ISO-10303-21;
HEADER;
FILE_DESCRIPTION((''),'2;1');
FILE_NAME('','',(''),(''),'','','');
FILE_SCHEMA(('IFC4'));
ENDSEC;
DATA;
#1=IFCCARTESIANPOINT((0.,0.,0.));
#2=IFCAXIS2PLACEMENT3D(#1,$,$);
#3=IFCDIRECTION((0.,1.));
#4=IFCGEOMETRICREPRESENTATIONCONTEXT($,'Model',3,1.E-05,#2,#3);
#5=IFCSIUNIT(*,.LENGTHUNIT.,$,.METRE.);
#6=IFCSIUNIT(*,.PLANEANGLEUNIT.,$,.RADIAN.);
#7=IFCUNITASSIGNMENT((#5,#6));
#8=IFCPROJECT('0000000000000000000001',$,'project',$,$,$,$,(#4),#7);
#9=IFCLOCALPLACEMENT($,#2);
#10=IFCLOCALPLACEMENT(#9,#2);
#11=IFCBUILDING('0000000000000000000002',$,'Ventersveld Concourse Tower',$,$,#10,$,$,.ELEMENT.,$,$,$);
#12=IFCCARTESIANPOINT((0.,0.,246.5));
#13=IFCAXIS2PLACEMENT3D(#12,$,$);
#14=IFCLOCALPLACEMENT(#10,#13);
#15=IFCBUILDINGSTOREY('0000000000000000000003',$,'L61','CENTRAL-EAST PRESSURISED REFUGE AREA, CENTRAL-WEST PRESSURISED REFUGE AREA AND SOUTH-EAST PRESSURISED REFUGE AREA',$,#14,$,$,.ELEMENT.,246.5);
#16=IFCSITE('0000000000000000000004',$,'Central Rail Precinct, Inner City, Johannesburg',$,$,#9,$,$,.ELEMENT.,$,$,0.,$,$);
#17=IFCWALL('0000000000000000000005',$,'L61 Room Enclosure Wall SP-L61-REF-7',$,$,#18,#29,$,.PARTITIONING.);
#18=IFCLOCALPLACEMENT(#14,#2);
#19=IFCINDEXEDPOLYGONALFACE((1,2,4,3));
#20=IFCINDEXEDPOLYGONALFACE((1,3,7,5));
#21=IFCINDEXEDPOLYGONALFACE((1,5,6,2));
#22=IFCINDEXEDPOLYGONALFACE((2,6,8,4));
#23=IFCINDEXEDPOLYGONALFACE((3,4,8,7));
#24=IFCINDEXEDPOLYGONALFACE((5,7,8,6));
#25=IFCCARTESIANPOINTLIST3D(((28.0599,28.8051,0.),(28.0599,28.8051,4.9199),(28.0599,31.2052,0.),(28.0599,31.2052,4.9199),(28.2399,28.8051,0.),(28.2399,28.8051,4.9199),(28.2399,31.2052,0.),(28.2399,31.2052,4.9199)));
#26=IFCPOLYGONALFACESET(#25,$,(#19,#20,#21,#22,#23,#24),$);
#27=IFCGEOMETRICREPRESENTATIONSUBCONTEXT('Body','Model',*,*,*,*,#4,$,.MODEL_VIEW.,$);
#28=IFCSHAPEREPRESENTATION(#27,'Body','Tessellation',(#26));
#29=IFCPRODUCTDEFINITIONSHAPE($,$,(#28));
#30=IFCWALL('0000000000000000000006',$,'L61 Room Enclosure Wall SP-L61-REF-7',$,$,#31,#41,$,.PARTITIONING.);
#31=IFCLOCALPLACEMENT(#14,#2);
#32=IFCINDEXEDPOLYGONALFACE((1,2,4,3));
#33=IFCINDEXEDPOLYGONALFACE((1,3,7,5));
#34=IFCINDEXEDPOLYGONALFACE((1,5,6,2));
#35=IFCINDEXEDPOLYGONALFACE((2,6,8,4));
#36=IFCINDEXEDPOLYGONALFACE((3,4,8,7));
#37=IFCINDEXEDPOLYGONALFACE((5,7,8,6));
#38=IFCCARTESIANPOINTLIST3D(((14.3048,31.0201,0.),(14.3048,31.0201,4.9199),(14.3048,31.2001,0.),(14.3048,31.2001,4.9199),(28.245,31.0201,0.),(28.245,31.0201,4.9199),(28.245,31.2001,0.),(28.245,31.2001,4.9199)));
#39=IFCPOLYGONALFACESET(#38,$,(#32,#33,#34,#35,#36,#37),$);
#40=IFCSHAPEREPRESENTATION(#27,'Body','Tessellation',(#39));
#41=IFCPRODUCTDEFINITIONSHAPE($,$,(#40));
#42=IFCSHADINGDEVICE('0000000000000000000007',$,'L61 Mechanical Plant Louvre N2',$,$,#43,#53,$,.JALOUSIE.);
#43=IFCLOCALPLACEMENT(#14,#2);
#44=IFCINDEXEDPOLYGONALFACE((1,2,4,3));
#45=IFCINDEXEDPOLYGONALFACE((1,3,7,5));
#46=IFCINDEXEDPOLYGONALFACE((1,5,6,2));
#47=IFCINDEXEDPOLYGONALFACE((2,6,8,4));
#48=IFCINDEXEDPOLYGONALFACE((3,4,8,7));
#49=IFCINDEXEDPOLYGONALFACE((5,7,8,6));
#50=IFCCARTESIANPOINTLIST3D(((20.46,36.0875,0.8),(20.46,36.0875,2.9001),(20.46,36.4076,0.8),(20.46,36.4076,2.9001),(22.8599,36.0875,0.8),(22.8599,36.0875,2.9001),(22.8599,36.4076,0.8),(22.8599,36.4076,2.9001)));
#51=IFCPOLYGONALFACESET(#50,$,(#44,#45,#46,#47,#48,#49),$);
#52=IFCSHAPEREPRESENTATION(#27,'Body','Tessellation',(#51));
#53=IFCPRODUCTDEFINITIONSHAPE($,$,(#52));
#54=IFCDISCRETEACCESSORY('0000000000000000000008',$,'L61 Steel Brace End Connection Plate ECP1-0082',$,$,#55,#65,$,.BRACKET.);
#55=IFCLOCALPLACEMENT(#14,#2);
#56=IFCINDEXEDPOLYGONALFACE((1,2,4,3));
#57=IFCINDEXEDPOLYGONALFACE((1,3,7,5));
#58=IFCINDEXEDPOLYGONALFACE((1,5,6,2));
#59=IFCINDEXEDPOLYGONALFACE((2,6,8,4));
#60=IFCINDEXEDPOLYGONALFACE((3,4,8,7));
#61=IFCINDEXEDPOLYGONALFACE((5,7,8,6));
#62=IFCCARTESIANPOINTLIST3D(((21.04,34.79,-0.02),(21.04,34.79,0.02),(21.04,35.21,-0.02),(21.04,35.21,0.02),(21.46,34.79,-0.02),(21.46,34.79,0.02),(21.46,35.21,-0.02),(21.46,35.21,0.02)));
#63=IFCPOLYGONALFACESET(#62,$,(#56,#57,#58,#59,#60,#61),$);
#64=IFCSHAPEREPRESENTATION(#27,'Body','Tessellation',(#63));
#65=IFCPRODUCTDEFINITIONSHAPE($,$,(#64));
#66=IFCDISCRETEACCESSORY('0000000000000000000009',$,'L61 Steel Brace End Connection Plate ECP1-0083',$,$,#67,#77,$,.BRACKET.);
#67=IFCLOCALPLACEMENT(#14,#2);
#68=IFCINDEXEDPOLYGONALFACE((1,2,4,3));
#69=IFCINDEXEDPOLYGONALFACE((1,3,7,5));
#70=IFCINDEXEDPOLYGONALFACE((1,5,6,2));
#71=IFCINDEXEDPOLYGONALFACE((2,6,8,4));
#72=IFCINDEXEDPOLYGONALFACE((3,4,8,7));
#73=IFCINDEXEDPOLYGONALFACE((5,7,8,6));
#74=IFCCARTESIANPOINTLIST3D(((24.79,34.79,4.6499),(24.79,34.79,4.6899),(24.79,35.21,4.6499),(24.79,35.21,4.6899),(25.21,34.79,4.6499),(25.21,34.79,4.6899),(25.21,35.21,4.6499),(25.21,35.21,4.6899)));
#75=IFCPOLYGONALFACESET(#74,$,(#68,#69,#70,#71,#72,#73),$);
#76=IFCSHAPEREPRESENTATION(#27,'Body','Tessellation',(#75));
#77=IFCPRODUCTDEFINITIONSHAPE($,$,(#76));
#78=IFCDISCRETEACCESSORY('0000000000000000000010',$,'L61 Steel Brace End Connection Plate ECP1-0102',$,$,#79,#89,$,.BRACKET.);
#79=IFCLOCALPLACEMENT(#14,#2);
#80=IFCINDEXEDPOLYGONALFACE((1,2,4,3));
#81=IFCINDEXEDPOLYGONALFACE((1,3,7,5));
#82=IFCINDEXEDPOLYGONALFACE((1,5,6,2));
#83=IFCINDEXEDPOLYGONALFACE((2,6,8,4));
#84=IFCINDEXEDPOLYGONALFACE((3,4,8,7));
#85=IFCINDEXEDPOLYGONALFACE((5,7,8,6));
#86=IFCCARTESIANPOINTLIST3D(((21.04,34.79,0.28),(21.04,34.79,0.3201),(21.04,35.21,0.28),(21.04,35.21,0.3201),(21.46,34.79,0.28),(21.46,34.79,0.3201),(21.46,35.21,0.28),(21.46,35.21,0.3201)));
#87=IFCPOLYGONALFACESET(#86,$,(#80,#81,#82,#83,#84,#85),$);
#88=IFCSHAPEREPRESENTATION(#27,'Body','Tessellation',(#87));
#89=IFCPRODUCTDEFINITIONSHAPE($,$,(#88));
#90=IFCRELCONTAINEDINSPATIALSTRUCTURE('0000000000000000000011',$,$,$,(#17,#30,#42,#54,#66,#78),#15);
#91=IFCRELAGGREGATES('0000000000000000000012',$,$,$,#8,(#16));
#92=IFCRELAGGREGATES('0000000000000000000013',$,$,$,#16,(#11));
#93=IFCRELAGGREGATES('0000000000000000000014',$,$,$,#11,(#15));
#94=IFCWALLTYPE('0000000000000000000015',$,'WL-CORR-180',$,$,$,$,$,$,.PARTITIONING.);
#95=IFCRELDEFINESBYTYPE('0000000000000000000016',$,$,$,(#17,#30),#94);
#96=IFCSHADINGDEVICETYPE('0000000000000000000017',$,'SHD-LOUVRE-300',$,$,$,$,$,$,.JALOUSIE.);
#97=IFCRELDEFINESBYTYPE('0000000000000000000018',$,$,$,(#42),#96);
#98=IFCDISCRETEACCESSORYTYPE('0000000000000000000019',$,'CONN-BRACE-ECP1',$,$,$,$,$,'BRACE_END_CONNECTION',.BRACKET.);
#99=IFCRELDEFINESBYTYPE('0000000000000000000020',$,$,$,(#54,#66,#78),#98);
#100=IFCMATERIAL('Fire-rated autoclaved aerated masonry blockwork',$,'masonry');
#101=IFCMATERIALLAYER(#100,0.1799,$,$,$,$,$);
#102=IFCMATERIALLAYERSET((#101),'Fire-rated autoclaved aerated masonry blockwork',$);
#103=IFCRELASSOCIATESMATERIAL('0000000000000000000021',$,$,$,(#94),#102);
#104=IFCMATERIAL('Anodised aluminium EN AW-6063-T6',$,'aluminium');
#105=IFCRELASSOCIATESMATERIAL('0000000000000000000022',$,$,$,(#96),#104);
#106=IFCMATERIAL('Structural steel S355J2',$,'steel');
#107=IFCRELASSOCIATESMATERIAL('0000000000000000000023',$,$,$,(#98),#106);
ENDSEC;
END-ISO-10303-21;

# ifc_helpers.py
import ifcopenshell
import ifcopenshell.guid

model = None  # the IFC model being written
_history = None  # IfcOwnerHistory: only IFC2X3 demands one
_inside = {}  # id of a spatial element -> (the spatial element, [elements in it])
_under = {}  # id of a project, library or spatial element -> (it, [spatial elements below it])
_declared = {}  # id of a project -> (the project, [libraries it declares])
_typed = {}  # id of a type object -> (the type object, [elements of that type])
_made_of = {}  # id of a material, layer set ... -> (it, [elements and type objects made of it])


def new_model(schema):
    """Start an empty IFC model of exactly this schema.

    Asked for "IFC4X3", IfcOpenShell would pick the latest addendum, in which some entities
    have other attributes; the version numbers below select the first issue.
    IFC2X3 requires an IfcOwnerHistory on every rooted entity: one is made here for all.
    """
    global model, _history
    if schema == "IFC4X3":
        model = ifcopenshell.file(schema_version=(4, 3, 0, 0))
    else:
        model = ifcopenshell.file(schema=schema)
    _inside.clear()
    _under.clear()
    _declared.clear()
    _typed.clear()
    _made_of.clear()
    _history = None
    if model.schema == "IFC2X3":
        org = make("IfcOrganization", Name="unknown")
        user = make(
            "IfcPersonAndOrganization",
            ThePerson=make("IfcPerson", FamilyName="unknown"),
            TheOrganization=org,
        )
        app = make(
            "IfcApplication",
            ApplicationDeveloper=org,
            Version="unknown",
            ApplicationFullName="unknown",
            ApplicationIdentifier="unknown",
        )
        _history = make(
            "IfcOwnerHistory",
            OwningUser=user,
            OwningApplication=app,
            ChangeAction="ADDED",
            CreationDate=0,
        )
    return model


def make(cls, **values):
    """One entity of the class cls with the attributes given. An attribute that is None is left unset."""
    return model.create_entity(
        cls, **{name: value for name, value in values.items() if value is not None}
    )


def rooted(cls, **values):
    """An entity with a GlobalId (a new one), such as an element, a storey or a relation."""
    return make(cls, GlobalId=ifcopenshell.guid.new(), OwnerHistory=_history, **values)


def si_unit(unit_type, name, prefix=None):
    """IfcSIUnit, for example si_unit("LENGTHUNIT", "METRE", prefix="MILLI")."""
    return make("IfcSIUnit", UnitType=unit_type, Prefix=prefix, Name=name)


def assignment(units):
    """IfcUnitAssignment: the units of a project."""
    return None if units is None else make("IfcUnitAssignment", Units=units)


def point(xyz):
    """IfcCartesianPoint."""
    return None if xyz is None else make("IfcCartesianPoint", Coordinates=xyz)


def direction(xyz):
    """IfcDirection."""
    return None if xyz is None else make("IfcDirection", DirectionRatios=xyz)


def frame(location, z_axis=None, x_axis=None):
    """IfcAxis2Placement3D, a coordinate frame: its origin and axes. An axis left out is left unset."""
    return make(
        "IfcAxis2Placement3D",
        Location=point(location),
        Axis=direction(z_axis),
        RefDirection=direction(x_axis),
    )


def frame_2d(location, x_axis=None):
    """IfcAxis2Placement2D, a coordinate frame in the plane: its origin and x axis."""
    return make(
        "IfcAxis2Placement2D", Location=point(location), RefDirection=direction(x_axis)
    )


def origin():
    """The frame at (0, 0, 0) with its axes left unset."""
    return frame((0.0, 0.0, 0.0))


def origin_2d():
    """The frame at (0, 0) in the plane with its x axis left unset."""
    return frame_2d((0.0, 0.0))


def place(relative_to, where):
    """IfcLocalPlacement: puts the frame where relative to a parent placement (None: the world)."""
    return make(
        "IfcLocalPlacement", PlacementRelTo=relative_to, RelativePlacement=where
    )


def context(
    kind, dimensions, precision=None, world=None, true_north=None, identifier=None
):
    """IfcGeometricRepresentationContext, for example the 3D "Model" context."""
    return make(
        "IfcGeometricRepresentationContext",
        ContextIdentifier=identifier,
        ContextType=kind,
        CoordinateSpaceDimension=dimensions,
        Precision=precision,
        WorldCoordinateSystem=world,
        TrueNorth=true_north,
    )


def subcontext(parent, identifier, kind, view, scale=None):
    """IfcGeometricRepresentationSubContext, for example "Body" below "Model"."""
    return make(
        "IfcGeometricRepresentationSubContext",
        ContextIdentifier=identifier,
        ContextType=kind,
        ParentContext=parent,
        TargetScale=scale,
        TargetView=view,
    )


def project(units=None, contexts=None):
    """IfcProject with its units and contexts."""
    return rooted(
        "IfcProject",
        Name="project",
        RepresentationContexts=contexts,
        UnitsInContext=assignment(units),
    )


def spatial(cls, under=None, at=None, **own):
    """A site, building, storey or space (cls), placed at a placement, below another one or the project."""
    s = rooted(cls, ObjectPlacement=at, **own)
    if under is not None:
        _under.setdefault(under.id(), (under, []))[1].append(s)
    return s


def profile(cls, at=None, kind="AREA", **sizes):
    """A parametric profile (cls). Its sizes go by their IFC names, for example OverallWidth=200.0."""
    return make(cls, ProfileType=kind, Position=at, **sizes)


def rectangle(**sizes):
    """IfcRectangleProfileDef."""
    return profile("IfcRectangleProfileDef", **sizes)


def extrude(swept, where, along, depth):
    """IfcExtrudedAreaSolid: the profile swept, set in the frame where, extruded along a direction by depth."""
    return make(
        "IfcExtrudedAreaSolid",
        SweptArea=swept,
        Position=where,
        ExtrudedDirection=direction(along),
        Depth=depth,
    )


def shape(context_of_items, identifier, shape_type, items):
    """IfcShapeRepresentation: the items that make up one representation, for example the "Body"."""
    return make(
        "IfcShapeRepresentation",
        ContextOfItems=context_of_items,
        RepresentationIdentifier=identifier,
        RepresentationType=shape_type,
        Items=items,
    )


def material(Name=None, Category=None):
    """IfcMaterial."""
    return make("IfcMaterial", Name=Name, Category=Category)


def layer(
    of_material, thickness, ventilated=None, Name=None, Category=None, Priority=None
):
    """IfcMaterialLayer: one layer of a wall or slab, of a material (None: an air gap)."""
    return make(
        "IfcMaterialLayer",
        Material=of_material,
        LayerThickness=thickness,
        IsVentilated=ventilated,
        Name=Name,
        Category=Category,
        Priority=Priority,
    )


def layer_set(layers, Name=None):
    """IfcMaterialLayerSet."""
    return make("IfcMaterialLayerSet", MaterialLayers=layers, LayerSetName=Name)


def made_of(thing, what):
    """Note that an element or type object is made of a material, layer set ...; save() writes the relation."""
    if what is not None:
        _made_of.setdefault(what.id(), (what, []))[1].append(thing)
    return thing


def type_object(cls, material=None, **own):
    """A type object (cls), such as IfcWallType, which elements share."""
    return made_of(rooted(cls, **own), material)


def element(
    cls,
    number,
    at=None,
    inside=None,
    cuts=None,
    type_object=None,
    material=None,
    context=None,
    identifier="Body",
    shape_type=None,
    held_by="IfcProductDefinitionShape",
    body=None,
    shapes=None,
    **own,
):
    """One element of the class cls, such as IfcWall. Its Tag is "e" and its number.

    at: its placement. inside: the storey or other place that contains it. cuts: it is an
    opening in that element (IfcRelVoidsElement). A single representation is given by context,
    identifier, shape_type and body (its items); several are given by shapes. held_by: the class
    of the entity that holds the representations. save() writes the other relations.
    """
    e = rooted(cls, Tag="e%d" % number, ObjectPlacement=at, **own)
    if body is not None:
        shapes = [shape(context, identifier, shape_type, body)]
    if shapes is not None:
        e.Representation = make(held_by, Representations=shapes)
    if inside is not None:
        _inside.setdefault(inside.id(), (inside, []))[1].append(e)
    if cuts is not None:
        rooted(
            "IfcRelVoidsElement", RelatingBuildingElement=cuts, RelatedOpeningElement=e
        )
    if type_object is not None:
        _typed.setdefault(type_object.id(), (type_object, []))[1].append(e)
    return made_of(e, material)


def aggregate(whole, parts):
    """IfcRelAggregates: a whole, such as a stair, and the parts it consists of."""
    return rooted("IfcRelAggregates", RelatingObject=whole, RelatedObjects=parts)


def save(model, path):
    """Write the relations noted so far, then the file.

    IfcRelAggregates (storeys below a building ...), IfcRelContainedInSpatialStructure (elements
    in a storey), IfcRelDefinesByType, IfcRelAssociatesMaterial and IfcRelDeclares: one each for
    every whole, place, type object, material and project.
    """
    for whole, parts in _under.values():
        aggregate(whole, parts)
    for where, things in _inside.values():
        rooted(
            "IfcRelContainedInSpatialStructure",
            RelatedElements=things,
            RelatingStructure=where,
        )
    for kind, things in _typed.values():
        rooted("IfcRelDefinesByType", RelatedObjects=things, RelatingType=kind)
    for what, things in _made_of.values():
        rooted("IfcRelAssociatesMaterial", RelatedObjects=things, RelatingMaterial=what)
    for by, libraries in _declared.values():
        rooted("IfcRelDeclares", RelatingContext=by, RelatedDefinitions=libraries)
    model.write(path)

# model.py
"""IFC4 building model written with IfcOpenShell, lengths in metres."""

from ifc_helpers import new_model, si_unit, direction, frame, frame_2d, origin, origin_2d, place, context, subcontext, project, spatial, rectangle, extrude, material, layer, layer_set, type_object, element, save


model = new_model("IFC4")

# Units and contexts
model_context = context("Model", 3, precision=1e-05, world=origin(), true_north=direction((0.0, 1.0)))
body_context = subcontext(model_context, "Body", "Model", "MODEL_VIEW")
ifc_project = project(units=[si_unit("LENGTHUNIT", "METRE"), si_unit("PLANEANGLEUNIT", "RADIAN")], contexts=[model_context])

# Site, building, storey
site_placement = place(None, origin())
site = spatial("IfcSite", under=ifc_project, at=site_placement, Name="Central Rail Precinct, Inner City, Johannesburg", CompositionType="ELEMENT", RefElevation=0.0)
building_placement = place(site_placement, origin())
building = spatial("IfcBuilding", under=site, at=building_placement, Name="Ventersveld Concourse Tower", CompositionType="ELEMENT")
storey_placement = place(building_placement, frame((0.0, 0.0, 246.5)))
storey = spatial("IfcBuildingStorey", under=building, at=storey_placement, Name="L61", Description="CENTRAL-EAST PRESSURISED REFUGE AREA, CENTRAL-WEST PRESSURISED REFUGE AREA AND SOUTH-EAST PRESSURISED REFUGE AREA", CompositionType="ELEMENT", Elevation=246.5)

# Shared definitions
ifc_material_1 = material(Name="Structural steel S355J2", Category="steel")

# Walls
ifc_material_2 = material(Name="Fire-rated autoclaved aerated masonry blockwork", Category="masonry")
ifc_layer = layer(ifc_material_2, 0.1799)
ifc_layer_set = layer_set([ifc_layer], Name="Fire-rated autoclaved aerated masonry blockwork")
wall_type = type_object("IfcWallType", Name="WL-CORR-180", PredefinedType="PARTITIONING", material=ifc_layer_set)
wall_1_placement = place(storey_placement, frame((28.1499, 28.8049, 0.0), z_axis=(0.0, 0.0, 1.0), x_axis=(0.0, 1.0, 0.0)))
element("IfcWall", 1, at=wall_1_placement, inside=storey, type_object=wall_type, Name="L61 Room Enclosure Wall SP-L61-REF-7", PredefinedType="PARTITIONING", context=body_context, shape_type="SweptSolid", body=[
    extrude(rectangle(XDim=2.4001, YDim=0.1799, at=frame_2d((1.2002, 0.0))), origin(), (0.0, 0.0, 1.0), 4.9199),
])
wall_2_placement = place(storey_placement, frame((28.2451, 31.1101, 0.0), z_axis=(0.0, 0.0, 1.0), x_axis=(-1.0, 0.0, 0.0)))
element("IfcWall", 2, at=wall_2_placement, inside=storey, type_object=wall_type, Name="L61 Room Enclosure Wall SP-L61-REF-7", PredefinedType="PARTITIONING", context=body_context, shape_type="SweptSolid", body=[
    extrude(rectangle(XDim=13.9402, YDim=0.1799, at=frame_2d((6.9702, 0.0))), origin(), (0.0, 0.0, 1.0), 4.9199),
])

# Shading device
ifc_material_3 = material(Name="Anodised aluminium EN AW-6063-T6", Category="aluminium")
shading_device_type = type_object("IfcShadingDeviceType", Name="SHD-LOUVRE-300", PredefinedType="JALOUSIE", material=ifc_material_3)
shading_device_placement = place(storey_placement, frame((21.6599, 36.2476, 0.8), z_axis=(0.0, 0.0, 1.0), x_axis=(-1.0, 0.0, 0.0)))
element("IfcShadingDevice", 3, at=shading_device_placement, inside=storey, type_object=shading_device_type, Name="L61 Mechanical Plant Louvre N2", PredefinedType="JALOUSIE", context=body_context, shape_type="SweptSolid", body=[
    extrude(rectangle(XDim=2.3999, YDim=0.3201, at=origin_2d()), origin(), (0.0, 0.0, 1.0), 2.1001),
])

# Discrete accessories
discrete_accessory_type = type_object("IfcDiscreteAccessoryType", Name="CONN-BRACE-ECP1", ElementType="BRACE_END_CONNECTION", PredefinedType="BRACKET", material=ifc_material_1)
for number, where, z_axis, x_axis, name in (
    (4, (21.25, 35.0, -0.02), (0.0, 0.0, 1.0), (1.0, 0.0, 0.0), "L61 Steel Brace End Connection Plate ECP1-0082"),
    (5, (25.0, 35.0, 4.6499), (0.0, 0.0, 1.0), (1.0, 0.0, 0.0), "L61 Steel Brace End Connection Plate ECP1-0083"),
    (6, (21.25, 35.0, 0.28), (0.0, 0.0, 1.0), (1.0, 0.0, 0.0), "L61 Steel Brace End Connection Plate ECP1-0102"),
):
    element("IfcDiscreteAccessory", number, at=place(storey_placement, frame(where, z_axis=z_axis, x_axis=x_axis)), inside=storey, type_object=discrete_accessory_type, Name=name, PredefinedType="BRACKET", context=body_context, shape_type="SweptSolid", body=[
        extrude(rectangle(XDim=0.4199, YDim=0.4199, at=origin_2d()), origin(), (0.0, 0.0, 1.0), 0.04),
    ])

save(model, "model.ifc")
